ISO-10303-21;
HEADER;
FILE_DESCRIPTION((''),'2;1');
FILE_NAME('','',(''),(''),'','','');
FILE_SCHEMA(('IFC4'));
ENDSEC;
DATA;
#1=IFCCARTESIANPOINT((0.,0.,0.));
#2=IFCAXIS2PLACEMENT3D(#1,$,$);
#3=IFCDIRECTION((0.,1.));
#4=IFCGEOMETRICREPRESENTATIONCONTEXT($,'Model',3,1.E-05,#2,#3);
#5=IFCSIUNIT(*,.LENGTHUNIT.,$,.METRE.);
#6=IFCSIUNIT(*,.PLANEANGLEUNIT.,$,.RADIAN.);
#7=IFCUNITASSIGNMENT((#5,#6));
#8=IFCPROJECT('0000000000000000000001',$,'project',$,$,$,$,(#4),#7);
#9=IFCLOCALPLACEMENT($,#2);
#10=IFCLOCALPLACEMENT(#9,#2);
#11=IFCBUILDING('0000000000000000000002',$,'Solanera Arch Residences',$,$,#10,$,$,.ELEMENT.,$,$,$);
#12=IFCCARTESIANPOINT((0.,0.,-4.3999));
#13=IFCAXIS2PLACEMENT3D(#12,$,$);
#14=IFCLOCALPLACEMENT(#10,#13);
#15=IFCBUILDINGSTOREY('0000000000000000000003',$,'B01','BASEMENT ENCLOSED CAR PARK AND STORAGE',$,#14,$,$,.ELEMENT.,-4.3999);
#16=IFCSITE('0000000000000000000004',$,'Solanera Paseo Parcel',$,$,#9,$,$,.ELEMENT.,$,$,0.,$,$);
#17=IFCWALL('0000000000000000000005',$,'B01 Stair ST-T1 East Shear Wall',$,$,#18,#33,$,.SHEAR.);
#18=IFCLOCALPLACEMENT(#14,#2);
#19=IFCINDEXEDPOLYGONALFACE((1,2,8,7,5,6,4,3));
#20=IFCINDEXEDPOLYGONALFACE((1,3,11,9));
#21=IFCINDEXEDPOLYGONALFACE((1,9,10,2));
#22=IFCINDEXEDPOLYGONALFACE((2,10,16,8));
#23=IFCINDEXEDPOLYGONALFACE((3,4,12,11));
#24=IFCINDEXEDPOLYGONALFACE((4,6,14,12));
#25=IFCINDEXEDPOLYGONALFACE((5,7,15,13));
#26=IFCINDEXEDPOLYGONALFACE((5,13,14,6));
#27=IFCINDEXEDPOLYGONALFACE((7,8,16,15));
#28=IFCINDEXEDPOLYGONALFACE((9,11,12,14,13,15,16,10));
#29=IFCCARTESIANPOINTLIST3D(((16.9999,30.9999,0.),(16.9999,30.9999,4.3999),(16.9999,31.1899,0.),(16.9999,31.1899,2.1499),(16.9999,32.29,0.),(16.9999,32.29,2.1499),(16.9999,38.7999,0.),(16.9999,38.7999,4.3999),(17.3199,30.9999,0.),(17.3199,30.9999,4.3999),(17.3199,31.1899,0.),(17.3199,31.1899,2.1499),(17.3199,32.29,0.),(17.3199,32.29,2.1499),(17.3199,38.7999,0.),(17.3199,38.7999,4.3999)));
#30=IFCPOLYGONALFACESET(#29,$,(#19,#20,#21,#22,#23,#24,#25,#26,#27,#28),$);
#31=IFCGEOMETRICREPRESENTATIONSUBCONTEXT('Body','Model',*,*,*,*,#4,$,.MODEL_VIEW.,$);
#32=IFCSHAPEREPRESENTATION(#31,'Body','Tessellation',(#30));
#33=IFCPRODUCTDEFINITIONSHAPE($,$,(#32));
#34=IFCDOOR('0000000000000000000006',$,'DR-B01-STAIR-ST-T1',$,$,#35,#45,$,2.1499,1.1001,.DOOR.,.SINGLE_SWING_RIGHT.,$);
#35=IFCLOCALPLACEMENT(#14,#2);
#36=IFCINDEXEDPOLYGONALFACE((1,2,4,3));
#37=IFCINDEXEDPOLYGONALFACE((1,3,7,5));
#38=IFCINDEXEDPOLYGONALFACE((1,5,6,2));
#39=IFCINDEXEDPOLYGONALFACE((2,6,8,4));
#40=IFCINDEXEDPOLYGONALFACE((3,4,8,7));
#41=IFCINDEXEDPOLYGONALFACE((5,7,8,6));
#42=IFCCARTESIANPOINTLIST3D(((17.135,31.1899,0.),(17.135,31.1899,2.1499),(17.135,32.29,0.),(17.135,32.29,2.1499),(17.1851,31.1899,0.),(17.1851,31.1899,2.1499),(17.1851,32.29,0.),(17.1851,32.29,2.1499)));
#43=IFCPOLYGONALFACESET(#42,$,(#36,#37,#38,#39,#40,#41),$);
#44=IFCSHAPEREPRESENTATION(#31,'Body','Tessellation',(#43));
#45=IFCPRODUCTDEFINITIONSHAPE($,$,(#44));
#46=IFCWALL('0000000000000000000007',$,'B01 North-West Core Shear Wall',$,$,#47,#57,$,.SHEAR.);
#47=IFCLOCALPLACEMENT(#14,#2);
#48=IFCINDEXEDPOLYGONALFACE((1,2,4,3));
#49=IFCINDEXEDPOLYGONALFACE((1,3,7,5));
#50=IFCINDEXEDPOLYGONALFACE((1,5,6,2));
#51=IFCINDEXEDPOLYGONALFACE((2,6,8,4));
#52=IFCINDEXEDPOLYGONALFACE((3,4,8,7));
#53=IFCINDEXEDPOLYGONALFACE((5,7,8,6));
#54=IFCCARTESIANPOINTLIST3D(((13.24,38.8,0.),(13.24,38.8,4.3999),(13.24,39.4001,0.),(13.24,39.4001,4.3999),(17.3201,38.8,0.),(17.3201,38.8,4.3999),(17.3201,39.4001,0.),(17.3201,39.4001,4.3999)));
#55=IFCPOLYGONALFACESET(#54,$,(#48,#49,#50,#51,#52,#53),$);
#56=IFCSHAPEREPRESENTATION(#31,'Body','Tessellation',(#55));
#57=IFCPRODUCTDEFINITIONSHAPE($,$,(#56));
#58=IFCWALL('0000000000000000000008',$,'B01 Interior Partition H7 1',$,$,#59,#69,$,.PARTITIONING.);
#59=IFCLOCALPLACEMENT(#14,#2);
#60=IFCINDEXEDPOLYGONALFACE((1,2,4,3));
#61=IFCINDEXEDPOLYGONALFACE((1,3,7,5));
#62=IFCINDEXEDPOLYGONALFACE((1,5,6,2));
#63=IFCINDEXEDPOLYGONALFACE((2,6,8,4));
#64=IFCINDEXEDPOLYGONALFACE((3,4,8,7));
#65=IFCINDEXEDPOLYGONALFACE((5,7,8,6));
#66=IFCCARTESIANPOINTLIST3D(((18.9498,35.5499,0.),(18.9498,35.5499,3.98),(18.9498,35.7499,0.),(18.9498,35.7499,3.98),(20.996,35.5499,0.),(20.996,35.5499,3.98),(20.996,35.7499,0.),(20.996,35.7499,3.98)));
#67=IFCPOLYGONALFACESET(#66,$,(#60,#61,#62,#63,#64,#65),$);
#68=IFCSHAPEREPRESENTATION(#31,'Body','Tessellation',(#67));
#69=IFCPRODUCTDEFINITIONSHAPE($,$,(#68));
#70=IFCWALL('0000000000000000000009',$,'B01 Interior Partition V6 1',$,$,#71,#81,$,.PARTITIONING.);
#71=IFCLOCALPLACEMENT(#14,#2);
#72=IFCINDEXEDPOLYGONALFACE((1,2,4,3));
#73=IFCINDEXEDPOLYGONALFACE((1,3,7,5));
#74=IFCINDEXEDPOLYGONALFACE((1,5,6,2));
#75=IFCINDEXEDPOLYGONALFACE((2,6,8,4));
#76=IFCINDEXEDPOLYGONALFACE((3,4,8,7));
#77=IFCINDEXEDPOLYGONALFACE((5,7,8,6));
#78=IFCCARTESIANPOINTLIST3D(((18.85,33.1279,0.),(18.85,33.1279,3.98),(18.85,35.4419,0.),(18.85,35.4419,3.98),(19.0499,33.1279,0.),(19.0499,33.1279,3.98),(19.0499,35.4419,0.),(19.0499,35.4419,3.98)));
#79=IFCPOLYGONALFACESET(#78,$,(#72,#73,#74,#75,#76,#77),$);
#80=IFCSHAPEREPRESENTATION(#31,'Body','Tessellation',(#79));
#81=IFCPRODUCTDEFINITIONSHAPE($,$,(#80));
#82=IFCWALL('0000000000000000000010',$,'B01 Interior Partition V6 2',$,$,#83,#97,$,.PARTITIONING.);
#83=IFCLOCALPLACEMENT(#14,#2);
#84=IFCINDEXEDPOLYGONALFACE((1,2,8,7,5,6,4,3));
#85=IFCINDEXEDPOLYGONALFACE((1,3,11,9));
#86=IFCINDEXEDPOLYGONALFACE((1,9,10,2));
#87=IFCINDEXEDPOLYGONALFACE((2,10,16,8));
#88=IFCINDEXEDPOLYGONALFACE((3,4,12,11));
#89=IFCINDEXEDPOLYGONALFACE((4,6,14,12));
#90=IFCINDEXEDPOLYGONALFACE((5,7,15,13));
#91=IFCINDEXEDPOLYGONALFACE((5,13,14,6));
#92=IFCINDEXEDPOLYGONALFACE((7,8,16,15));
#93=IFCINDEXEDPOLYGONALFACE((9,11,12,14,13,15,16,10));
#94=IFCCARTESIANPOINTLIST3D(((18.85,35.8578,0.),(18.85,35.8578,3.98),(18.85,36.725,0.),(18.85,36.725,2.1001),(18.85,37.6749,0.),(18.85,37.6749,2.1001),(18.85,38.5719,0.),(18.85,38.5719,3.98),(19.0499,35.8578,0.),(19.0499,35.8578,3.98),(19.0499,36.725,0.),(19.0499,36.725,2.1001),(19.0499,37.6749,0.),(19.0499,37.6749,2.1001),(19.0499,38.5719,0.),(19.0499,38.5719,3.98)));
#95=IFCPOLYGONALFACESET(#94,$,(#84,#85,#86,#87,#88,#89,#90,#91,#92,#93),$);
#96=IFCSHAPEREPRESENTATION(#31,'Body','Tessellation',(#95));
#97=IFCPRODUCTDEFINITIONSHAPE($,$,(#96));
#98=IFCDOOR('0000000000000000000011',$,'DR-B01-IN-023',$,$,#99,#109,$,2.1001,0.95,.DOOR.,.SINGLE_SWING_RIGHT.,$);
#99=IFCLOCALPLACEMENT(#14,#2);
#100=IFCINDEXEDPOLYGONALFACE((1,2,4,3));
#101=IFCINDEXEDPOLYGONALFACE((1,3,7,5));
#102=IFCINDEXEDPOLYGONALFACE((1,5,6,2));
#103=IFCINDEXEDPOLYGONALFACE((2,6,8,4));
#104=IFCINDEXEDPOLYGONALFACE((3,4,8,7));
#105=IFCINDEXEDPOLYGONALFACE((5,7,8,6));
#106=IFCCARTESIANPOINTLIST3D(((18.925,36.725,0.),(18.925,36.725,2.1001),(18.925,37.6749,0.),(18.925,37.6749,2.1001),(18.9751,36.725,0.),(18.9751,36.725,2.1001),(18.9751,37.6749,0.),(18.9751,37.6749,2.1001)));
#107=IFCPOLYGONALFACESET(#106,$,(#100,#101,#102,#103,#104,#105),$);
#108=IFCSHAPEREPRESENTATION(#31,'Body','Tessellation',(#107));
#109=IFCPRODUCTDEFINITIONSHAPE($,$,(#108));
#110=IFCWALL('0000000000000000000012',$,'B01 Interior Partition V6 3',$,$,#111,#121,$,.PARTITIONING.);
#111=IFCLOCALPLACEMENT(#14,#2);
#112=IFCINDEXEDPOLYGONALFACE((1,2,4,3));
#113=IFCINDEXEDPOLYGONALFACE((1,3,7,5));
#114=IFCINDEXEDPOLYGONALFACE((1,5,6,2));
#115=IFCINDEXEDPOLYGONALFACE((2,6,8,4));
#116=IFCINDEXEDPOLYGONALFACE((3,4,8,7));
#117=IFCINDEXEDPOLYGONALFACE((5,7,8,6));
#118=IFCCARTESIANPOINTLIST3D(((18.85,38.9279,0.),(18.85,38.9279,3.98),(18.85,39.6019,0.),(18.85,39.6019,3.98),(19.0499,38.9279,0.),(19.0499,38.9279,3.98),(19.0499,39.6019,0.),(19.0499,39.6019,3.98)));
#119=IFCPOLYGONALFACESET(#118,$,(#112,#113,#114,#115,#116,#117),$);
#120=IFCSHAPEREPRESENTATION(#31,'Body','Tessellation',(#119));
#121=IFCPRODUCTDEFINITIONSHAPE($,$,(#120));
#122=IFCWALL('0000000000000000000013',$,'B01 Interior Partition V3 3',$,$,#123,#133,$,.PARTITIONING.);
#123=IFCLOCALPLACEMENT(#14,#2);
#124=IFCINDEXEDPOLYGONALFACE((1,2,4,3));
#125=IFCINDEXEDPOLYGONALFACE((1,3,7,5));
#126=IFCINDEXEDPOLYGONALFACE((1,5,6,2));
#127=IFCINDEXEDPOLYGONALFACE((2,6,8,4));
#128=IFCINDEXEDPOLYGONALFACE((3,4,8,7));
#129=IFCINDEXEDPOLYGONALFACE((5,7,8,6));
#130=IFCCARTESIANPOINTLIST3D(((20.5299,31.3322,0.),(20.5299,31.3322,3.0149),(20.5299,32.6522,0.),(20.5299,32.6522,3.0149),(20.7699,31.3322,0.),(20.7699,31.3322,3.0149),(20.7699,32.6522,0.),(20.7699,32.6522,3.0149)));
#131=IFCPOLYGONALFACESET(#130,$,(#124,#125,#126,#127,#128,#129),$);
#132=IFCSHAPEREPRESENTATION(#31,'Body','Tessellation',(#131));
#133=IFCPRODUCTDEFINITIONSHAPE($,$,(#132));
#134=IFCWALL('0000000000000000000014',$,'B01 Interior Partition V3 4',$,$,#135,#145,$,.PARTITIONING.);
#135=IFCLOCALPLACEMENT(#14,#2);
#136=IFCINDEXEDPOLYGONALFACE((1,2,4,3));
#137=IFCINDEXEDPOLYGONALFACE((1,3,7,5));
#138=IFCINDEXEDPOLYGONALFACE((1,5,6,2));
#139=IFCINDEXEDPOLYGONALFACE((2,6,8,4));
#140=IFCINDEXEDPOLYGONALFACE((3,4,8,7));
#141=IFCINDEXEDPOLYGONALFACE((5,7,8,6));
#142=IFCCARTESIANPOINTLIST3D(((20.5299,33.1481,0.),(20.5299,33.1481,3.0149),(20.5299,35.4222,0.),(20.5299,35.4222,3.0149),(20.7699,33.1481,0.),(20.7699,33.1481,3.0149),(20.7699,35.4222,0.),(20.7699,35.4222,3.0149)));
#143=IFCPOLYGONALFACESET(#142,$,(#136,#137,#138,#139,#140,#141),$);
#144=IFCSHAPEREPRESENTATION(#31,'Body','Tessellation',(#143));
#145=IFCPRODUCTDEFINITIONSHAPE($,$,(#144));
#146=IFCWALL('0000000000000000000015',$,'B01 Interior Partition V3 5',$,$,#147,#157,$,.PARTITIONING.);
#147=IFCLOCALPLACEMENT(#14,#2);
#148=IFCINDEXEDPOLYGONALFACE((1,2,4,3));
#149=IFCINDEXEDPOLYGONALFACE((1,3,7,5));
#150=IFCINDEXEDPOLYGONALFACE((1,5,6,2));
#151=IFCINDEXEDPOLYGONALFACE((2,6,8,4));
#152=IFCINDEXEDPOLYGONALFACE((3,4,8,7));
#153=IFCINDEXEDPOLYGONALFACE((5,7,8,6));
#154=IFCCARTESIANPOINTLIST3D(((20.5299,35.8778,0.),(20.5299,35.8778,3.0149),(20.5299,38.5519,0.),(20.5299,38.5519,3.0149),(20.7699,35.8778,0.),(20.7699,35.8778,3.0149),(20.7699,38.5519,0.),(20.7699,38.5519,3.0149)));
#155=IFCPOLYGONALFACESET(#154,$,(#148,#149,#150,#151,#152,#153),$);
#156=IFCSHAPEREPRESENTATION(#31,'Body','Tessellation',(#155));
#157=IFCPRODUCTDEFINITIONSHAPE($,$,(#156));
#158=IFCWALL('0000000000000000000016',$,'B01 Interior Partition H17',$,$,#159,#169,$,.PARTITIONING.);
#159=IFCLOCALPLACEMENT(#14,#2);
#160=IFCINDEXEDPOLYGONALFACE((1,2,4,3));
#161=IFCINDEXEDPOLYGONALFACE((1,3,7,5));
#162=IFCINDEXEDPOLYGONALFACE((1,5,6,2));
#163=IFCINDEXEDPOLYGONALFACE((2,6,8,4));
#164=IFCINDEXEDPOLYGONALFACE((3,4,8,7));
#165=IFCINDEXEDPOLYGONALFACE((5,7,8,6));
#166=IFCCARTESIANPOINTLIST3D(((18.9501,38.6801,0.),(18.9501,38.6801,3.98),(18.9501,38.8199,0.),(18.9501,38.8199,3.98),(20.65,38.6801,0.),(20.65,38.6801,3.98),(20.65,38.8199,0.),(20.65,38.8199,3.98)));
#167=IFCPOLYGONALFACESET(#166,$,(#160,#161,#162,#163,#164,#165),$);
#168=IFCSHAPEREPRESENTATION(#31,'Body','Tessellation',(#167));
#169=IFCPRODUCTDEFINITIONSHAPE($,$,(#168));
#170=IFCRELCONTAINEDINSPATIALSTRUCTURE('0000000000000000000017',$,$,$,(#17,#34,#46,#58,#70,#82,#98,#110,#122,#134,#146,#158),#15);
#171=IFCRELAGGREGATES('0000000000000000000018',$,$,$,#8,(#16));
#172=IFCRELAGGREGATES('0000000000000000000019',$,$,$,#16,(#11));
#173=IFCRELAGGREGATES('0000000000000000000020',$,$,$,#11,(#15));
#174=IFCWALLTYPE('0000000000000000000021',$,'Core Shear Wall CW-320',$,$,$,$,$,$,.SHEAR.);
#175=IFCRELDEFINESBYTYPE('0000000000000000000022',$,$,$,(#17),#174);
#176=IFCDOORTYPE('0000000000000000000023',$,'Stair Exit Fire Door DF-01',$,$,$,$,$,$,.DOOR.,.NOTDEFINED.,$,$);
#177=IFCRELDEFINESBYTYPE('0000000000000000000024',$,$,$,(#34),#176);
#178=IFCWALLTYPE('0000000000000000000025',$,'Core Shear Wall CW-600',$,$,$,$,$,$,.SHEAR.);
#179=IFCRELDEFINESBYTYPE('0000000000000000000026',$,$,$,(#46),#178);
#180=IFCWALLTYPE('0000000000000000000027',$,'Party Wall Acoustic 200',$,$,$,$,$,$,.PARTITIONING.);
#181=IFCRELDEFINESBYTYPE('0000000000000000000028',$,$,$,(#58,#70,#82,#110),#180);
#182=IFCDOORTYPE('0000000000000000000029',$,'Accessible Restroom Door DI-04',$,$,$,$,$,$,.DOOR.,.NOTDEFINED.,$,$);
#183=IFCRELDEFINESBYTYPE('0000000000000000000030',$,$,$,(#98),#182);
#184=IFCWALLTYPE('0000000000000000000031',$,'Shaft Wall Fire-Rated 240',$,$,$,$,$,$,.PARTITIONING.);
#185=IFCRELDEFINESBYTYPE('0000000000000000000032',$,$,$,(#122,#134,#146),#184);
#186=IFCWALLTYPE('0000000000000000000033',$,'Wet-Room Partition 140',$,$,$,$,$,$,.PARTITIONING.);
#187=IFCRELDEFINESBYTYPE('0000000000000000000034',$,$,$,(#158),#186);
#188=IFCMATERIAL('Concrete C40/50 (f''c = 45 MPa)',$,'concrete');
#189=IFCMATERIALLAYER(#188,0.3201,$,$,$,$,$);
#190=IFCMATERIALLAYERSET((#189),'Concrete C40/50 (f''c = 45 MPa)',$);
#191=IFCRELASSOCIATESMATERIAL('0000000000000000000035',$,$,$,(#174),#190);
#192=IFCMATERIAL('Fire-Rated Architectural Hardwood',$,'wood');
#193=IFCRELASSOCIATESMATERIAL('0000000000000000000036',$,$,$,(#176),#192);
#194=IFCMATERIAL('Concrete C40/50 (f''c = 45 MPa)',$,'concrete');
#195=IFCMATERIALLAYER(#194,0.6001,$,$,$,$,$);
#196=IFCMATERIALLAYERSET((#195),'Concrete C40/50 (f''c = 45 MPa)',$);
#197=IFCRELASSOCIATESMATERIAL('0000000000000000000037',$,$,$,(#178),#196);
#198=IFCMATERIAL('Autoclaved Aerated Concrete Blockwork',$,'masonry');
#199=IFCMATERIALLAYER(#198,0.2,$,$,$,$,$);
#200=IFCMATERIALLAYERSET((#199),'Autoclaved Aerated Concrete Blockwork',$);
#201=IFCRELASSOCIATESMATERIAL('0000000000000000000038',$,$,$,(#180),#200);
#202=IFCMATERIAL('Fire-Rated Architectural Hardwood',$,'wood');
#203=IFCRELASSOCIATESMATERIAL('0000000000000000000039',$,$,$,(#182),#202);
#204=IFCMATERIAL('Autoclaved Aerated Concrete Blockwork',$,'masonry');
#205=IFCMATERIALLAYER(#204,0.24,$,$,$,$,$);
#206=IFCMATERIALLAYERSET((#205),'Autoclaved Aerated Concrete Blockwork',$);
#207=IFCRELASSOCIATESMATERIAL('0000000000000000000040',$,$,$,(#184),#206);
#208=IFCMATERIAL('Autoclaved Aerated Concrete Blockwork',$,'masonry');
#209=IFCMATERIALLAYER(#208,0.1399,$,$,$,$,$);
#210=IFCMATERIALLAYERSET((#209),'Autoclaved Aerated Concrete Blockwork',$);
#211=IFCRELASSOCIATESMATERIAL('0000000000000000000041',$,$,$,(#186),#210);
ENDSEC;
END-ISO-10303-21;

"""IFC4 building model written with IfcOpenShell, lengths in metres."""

from ifc_helpers import new_model, si_unit, direction, frame, frame_2d, origin, place, context, subcontext, project, spatial, rectangle, extrude, material, layer, layer_set, type_object, element, fill, save


model = new_model("IFC4")

# Units and contexts
model_context = context("Model", 3, precision=1e-05, world=origin(), true_north=direction((0.0, 1.0)))
body_context = subcontext(model_context, "Body", "Model", "MODEL_VIEW")
ifc_project = project(units=[si_unit("LENGTHUNIT", "METRE"), si_unit("PLANEANGLEUNIT", "RADIAN")], contexts=[model_context])

# Site, building, storey
site_placement = place(None, origin())
site = spatial("IfcSite", under=ifc_project, at=site_placement, Name="Solanera Paseo Parcel", CompositionType="ELEMENT", RefElevation=0.0)
building_placement = place(site_placement, origin())
building = spatial("IfcBuilding", under=site, at=building_placement, Name="Solanera Arch Residences", CompositionType="ELEMENT")
storey_placement = place(building_placement, frame((0.0, 0.0, -4.3999)))
storey = spatial("IfcBuildingStorey", under=building, at=storey_placement, Name="B01", Description="BASEMENT ENCLOSED CAR PARK AND STORAGE", CompositionType="ELEMENT", Elevation=-4.3999)

# Wall, opening, door
ifc_material_1 = material(Name="Concrete C40/50 (f'c = 45 MPa)", Category="concrete")
ifc_layer_1 = layer(ifc_material_1, 0.3201)
ifc_layer_set_1 = layer_set([ifc_layer_1], Name="Concrete C40/50 (f'c = 45 MPa)")
wall_type_1 = type_object("IfcWallType", Name="Core Shear Wall CW-320", PredefinedType="SHEAR", material=ifc_layer_set_1)
wall_1_placement = place(storey_placement, frame((17.1599, 31.0, 0.0), z_axis=(0.0, 0.0, 1.0), x_axis=(0.0, 1.0, 0.0)))
wall_1 = element("IfcWall", 1, at=wall_1_placement, inside=storey, type_object=wall_type_1, Name="B01 Stair ST-T1 East Shear Wall", PredefinedType="SHEAR", context=body_context, shape_type="SweptSolid", body=[
    extrude(rectangle(XDim=7.8, YDim=0.3201, at=frame_2d((3.8999, 0.0))), origin(), (0.0, 0.0, 1.0), 4.3999),
])
opening_1_placement = place(wall_1_placement, frame((0.1899, 0.0, 0.0)))
opening_1 = element("IfcOpeningElement", 2, at=opening_1_placement, cuts=wall_1, PredefinedType="OPENING", context=body_context, shape_type="SweptSolid", body=[
    extrude(rectangle(XDim=1.1001, YDim=2.1499, at=frame_2d((0.55, 1.075))), frame((0.0, 0.1699, 0.0), z_axis=(0.0, -1.0, 0.0), x_axis=(1.0, 0.0, 0.0)), (0.0, 0.0, 1.0), 0.3401),
])
ifc_material_2 = material(Name="Fire-Rated Architectural Hardwood", Category="wood")
door_type_1 = type_object("IfcDoorType", Name="Stair Exit Fire Door DF-01", OperationType="NOTDEFINED", PredefinedType="DOOR", material=ifc_material_2)
door_1_placement = place(opening_1_placement, origin())
door_1 = element("IfcDoor", 3, at=door_1_placement, inside=storey, type_object=door_type_1, Name="DR-B01-STAIR-ST-T1", OperationType="SINGLE_SWING_RIGHT", OverallHeight=2.1499, OverallWidth=1.1001, PredefinedType="DOOR", context=body_context, shape_type="SweptSolid", body=[
    extrude(rectangle(XDim=1.1001, YDim=2.1499, at=frame_2d((0.55, 1.075))), frame((0.0, 0.0249, 0.0), z_axis=(0.0, -1.0, 0.0), x_axis=(1.0, 0.0, 0.0)), (0.0, 0.0, 1.0), 0.05),
])
fill(opening_1, door_1)

# Walls
ifc_material_3 = material(Name="Concrete C40/50 (f'c = 45 MPa)", Category="concrete")
ifc_layer_2 = layer(ifc_material_3, 0.6001)
ifc_layer_set_2 = layer_set([ifc_layer_2], Name="Concrete C40/50 (f'c = 45 MPa)")
wall_type_2 = type_object("IfcWallType", Name="Core Shear Wall CW-600", PredefinedType="SHEAR", material=ifc_layer_set_2)
wall_2_placement = place(storey_placement, frame((13.24, 39.1001, 0.0), z_axis=(0.0, 0.0, 1.0), x_axis=(1.0, 0.0, 0.0)))
element("IfcWall", 4, at=wall_2_placement, inside=storey, type_object=wall_type_2, Name="B01 North-West Core Shear Wall", PredefinedType="SHEAR", context=body_context, shape_type="SweptSolid", body=[
    extrude(rectangle(XDim=4.0801, YDim=0.6001, at=frame_2d((2.04, 0.0))), origin(), (0.0, 0.0, 1.0), 4.3999),
])
ifc_material_4 = material(Name="Autoclaved Aerated Concrete Blockwork", Category="masonry")
ifc_layer_3 = layer(ifc_material_4, 0.2)
ifc_layer_set_3 = layer_set([ifc_layer_3], Name="Autoclaved Aerated Concrete Blockwork")
wall_type_3 = type_object("IfcWallType", Name="Party Wall Acoustic 200", PredefinedType="PARTITIONING", material=ifc_layer_set_3)
wall_3_placement = place(storey_placement, frame((18.95, 35.6499, 0.0), z_axis=(0.0, 0.0, 1.0), x_axis=(1.0, 0.0, 0.0)))
element("IfcWall", 5, at=wall_3_placement, inside=storey, type_object=wall_type_3, Name="B01 Interior Partition H7 1", PredefinedType="PARTITIONING", context=body_context, shape_type="SweptSolid", body=[
    extrude(rectangle(XDim=2.0461, YDim=0.2, at=frame_2d((1.0229, 0.0))), origin(), (0.0, 0.0, 1.0), 3.98),
])
wall_4_placement = place(storey_placement, frame((18.95, 33.1279, 0.0), z_axis=(0.0, 0.0, 1.0), x_axis=(0.0, 1.0, 0.0)))
element("IfcWall", 6, at=wall_4_placement, inside=storey, type_object=wall_type_3, Name="B01 Interior Partition V6 1", PredefinedType="PARTITIONING", context=body_context, shape_type="SweptSolid", body=[
    extrude(rectangle(XDim=2.314, YDim=0.2, at=frame_2d((1.157, 0.0))), origin(), (0.0, 0.0, 1.0), 3.98),
])

# Wall, opening, door
wall_5_placement = place(storey_placement, frame((18.95, 35.8579, 0.0), z_axis=(0.0, 0.0, 1.0), x_axis=(0.0, 1.0, 0.0)))
wall_5 = element("IfcWall", 7, at=wall_5_placement, inside=storey, type_object=wall_type_3, Name="B01 Interior Partition V6 2", PredefinedType="PARTITIONING", context=body_context, shape_type="SweptSolid", body=[
    extrude(rectangle(XDim=2.7141, YDim=0.2, at=frame_2d((1.3569, 0.0))), origin(), (0.0, 0.0, 1.0), 3.98),
])
opening_2_placement = place(wall_5_placement, frame((0.8669, 0.0, 0.0)))
opening_2 = element("IfcOpeningElement", 8, at=opening_2_placement, cuts=wall_5, PredefinedType="OPENING", context=body_context, shape_type="SweptSolid", body=[
    extrude(rectangle(XDim=0.95, YDim=2.1001, at=frame_2d((0.4751, 1.05))), frame((0.0, 0.1101, 0.0), z_axis=(0.0, -1.0, 0.0), x_axis=(1.0, 0.0, 0.0)), (0.0, 0.0, 1.0), 0.22),
])
ifc_material_5 = material(Name="Fire-Rated Architectural Hardwood", Category="wood")
door_type_2 = type_object("IfcDoorType", Name="Accessible Restroom Door DI-04", OperationType="NOTDEFINED", PredefinedType="DOOR", material=ifc_material_5)
door_2_placement = place(opening_2_placement, origin())
door_2 = element("IfcDoor", 9, at=door_2_placement, inside=storey, type_object=door_type_2, Name="DR-B01-IN-023", OperationType="SINGLE_SWING_RIGHT", OverallHeight=2.1001, OverallWidth=0.95, PredefinedType="DOOR", context=body_context, shape_type="SweptSolid", body=[
    extrude(rectangle(XDim=0.95, YDim=2.1001, at=frame_2d((0.4751, 1.05))), frame((0.0, 0.0249, 0.0), z_axis=(0.0, -1.0, 0.0), x_axis=(1.0, 0.0, 0.0)), (0.0, 0.0, 1.0), 0.05),
])
fill(opening_2, door_2)

# Wall
wall_6_placement = place(storey_placement, frame((18.95, 38.928, 0.0), z_axis=(0.0, 0.0, 1.0), x_axis=(0.0, 1.0, 0.0)))
element("IfcWall", 10, at=wall_6_placement, inside=storey, type_object=wall_type_3, Name="B01 Interior Partition V6 3", PredefinedType="PARTITIONING", context=body_context, shape_type="SweptSolid", body=[
    extrude(rectangle(XDim=0.6741, YDim=0.2, at=frame_2d((0.3369, 0.0))), origin(), (0.0, 0.0, 1.0), 3.98),
])

# Shared definitions
ifc_material_6 = material(Name="Autoclaved Aerated Concrete Blockwork", Category="masonry")
ifc_layer_4 = layer(ifc_material_6, 0.24)
ifc_layer_set_4 = layer_set([ifc_layer_4], Name="Autoclaved Aerated Concrete Blockwork")
wall_type_4 = type_object("IfcWallType", Name="Shaft Wall Fire-Rated 240", PredefinedType="PARTITIONING", material=ifc_layer_set_4)

# Walls
wall_7_placement = place(storey_placement, frame((20.6499, 31.332, 0.0), z_axis=(0.0, 0.0, 1.0), x_axis=(0.0, 1.0, 0.0)))
element("IfcWall", 11, at=wall_7_placement, inside=storey, type_object=wall_type_4, Name="B01 Interior Partition V3 3", PredefinedType="PARTITIONING", context=body_context, shape_type="SweptSolid", body=[
    extrude(rectangle(XDim=1.3201, YDim=0.24, at=frame_2d((0.6602, 0.0))), origin(), (0.0, 0.0, 1.0), 3.0149),
])
wall_8_placement = place(storey_placement, frame((20.6499, 33.1479, 0.0), z_axis=(0.0, 0.0, 1.0), x_axis=(0.0, 1.0, 0.0)))
element("IfcWall", 12, at=wall_8_placement, inside=storey, type_object=wall_type_4, Name="B01 Interior Partition V3 4", PredefinedType="PARTITIONING", context=body_context, shape_type="SweptSolid", body=[
    extrude(rectangle(XDim=2.2742, YDim=0.24, at=frame_2d((1.1372, 0.0))), origin(), (0.0, 0.0, 1.0), 3.0149),
])
wall_9_placement = place(storey_placement, frame((20.6499, 35.8779, 0.0), z_axis=(0.0, 0.0, 1.0), x_axis=(0.0, 1.0, 0.0)))
element("IfcWall", 13, at=wall_9_placement, inside=storey, type_object=wall_type_4, Name="B01 Interior Partition V3 5", PredefinedType="PARTITIONING", context=body_context, shape_type="SweptSolid", body=[
    extrude(rectangle(XDim=2.6741, YDim=0.24, at=frame_2d((1.3369, 0.0))), origin(), (0.0, 0.0, 1.0), 3.0149),
])
ifc_material_7 = material(Name="Autoclaved Aerated Concrete Blockwork", Category="masonry")
ifc_layer_5 = layer(ifc_material_7, 0.1399)
ifc_layer_set_5 = layer_set([ifc_layer_5], Name="Autoclaved Aerated Concrete Blockwork")
wall_type_5 = type_object("IfcWallType", Name="Wet-Room Partition 140", PredefinedType="PARTITIONING", material=ifc_layer_set_5)
wall_10_placement = place(storey_placement, frame((18.95, 38.75, 0.0), z_axis=(0.0, 0.0, 1.0), x_axis=(1.0, 0.0, 0.0)))
element("IfcWall", 14, at=wall_10_placement, inside=storey, type_object=wall_type_5, Name="B01 Interior Partition H17", PredefinedType="PARTITIONING", context=body_context, shape_type="SweptSolid", body=[
    extrude(rectangle(XDim=1.7, YDim=0.1399, at=frame_2d((0.8501, 0.0))), origin(), (0.0, 0.0, 1.0), 3.98),
])

save(model, "model.ifc")
